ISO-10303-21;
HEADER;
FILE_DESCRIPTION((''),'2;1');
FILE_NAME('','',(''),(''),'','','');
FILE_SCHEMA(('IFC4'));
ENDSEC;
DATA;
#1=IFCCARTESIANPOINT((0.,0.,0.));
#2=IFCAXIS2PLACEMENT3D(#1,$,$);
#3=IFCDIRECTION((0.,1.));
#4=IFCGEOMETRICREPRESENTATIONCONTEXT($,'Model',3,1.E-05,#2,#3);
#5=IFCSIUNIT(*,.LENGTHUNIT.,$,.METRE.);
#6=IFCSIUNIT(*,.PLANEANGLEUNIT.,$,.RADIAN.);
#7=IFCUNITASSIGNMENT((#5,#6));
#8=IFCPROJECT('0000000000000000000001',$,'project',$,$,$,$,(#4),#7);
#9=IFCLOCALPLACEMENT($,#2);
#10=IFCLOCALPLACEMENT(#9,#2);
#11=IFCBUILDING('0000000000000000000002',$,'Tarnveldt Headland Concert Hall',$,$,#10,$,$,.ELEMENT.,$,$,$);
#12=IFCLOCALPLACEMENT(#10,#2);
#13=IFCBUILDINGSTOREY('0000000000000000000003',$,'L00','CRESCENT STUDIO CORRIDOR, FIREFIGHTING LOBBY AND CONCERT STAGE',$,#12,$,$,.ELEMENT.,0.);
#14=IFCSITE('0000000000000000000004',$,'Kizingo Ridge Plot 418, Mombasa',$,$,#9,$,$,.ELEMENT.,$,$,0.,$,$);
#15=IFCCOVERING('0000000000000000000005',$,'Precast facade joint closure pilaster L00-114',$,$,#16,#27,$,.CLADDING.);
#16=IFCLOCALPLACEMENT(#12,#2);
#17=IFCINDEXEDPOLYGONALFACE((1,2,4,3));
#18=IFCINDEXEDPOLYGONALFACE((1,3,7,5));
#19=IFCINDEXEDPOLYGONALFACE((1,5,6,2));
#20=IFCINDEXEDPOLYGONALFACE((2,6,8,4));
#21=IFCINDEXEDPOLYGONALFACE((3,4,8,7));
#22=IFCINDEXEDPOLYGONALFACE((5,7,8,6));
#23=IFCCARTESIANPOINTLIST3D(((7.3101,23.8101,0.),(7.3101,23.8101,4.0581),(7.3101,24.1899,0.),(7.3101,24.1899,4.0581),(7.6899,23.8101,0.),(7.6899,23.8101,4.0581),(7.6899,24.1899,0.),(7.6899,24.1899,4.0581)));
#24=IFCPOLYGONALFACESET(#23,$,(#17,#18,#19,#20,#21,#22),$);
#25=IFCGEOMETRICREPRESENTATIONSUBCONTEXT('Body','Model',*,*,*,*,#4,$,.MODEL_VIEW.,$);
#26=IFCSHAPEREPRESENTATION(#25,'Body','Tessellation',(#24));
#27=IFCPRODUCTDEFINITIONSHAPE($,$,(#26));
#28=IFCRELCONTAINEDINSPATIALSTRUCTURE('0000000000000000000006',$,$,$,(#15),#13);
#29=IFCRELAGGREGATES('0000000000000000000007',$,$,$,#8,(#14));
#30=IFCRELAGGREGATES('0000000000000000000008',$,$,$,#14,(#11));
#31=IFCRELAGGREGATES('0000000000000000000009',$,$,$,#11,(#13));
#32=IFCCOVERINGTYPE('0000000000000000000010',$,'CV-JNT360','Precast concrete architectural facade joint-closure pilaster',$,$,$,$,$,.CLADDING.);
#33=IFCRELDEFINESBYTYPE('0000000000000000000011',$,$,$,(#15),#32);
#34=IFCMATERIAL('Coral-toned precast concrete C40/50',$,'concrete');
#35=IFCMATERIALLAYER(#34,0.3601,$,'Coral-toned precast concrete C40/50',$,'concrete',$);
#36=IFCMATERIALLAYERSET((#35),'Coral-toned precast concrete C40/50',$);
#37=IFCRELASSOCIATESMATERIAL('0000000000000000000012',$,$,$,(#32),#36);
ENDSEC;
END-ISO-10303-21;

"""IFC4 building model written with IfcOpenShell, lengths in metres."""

from ifc_helpers import new_model, si_unit, direction, frame, origin, origin_2d, place, context, subcontext, project, spatial, rectangle, extrude, material, layer, layer_set, type_object, element, save


model = new_model("IFC4")

# Units and contexts
model_context = context("Model", 3, precision=1e-05, world=origin(), true_north=direction((0.0, 1.0)))
body_context = subcontext(model_context, "Body", "Model", "MODEL_VIEW")
ifc_project = project(units=[si_unit("LENGTHUNIT", "METRE"), si_unit("PLANEANGLEUNIT", "RADIAN")], contexts=[model_context])

# Site, building, storey
site_placement = place(None, origin())
site = spatial("IfcSite", under=ifc_project, at=site_placement, Name="Kizingo Ridge Plot 418, Mombasa", CompositionType="ELEMENT", RefElevation=0.0)
building_placement = place(site_placement, origin())
building = spatial("IfcBuilding", under=site, at=building_placement, Name="Tarnveldt Headland Concert Hall", CompositionType="ELEMENT")
storey_placement = place(building_placement, origin())
storey = spatial("IfcBuildingStorey", under=building, at=storey_placement, Name="L00", Description="CRESCENT STUDIO CORRIDOR, FIREFIGHTING LOBBY AND CONCERT STAGE", CompositionType="ELEMENT", Elevation=0.0)

# Shared definitions
ifc_material_1 = material(Name="Coral-toned precast concrete C40/50", Category="concrete")

# Covering
ifc_layer_1 = layer(ifc_material_1, 0.3601, Name="Coral-toned precast concrete C40/50", Category="concrete")
ifc_layer_set_1 = layer_set([ifc_layer_1], Name="Coral-toned precast concrete C40/50")
covering_type = type_object("IfcCoveringType", Name="CV-JNT360", Description="Precast concrete architectural facade joint-closure pilaster", PredefinedType="CLADDING", material=ifc_layer_set_1)
covering_placement = place(storey_placement, frame((7.5, 24.0, 0.0), z_axis=(0.0, 0.0, 1.0), x_axis=(0.0, 1.0, 0.0)))
element("IfcCovering", 1, at=covering_placement, inside=storey, type_object=covering_type, Name="Precast facade joint closure pilaster L00-114", PredefinedType="CLADDING", context=body_context, shape_type="SweptSolid", body=[
    extrude(rectangle(XDim=0.3799, YDim=0.3799, at=origin_2d()), origin(), (0.0, 0.0, 1.0), 4.0581),
])

save(model, "model.ifc")
